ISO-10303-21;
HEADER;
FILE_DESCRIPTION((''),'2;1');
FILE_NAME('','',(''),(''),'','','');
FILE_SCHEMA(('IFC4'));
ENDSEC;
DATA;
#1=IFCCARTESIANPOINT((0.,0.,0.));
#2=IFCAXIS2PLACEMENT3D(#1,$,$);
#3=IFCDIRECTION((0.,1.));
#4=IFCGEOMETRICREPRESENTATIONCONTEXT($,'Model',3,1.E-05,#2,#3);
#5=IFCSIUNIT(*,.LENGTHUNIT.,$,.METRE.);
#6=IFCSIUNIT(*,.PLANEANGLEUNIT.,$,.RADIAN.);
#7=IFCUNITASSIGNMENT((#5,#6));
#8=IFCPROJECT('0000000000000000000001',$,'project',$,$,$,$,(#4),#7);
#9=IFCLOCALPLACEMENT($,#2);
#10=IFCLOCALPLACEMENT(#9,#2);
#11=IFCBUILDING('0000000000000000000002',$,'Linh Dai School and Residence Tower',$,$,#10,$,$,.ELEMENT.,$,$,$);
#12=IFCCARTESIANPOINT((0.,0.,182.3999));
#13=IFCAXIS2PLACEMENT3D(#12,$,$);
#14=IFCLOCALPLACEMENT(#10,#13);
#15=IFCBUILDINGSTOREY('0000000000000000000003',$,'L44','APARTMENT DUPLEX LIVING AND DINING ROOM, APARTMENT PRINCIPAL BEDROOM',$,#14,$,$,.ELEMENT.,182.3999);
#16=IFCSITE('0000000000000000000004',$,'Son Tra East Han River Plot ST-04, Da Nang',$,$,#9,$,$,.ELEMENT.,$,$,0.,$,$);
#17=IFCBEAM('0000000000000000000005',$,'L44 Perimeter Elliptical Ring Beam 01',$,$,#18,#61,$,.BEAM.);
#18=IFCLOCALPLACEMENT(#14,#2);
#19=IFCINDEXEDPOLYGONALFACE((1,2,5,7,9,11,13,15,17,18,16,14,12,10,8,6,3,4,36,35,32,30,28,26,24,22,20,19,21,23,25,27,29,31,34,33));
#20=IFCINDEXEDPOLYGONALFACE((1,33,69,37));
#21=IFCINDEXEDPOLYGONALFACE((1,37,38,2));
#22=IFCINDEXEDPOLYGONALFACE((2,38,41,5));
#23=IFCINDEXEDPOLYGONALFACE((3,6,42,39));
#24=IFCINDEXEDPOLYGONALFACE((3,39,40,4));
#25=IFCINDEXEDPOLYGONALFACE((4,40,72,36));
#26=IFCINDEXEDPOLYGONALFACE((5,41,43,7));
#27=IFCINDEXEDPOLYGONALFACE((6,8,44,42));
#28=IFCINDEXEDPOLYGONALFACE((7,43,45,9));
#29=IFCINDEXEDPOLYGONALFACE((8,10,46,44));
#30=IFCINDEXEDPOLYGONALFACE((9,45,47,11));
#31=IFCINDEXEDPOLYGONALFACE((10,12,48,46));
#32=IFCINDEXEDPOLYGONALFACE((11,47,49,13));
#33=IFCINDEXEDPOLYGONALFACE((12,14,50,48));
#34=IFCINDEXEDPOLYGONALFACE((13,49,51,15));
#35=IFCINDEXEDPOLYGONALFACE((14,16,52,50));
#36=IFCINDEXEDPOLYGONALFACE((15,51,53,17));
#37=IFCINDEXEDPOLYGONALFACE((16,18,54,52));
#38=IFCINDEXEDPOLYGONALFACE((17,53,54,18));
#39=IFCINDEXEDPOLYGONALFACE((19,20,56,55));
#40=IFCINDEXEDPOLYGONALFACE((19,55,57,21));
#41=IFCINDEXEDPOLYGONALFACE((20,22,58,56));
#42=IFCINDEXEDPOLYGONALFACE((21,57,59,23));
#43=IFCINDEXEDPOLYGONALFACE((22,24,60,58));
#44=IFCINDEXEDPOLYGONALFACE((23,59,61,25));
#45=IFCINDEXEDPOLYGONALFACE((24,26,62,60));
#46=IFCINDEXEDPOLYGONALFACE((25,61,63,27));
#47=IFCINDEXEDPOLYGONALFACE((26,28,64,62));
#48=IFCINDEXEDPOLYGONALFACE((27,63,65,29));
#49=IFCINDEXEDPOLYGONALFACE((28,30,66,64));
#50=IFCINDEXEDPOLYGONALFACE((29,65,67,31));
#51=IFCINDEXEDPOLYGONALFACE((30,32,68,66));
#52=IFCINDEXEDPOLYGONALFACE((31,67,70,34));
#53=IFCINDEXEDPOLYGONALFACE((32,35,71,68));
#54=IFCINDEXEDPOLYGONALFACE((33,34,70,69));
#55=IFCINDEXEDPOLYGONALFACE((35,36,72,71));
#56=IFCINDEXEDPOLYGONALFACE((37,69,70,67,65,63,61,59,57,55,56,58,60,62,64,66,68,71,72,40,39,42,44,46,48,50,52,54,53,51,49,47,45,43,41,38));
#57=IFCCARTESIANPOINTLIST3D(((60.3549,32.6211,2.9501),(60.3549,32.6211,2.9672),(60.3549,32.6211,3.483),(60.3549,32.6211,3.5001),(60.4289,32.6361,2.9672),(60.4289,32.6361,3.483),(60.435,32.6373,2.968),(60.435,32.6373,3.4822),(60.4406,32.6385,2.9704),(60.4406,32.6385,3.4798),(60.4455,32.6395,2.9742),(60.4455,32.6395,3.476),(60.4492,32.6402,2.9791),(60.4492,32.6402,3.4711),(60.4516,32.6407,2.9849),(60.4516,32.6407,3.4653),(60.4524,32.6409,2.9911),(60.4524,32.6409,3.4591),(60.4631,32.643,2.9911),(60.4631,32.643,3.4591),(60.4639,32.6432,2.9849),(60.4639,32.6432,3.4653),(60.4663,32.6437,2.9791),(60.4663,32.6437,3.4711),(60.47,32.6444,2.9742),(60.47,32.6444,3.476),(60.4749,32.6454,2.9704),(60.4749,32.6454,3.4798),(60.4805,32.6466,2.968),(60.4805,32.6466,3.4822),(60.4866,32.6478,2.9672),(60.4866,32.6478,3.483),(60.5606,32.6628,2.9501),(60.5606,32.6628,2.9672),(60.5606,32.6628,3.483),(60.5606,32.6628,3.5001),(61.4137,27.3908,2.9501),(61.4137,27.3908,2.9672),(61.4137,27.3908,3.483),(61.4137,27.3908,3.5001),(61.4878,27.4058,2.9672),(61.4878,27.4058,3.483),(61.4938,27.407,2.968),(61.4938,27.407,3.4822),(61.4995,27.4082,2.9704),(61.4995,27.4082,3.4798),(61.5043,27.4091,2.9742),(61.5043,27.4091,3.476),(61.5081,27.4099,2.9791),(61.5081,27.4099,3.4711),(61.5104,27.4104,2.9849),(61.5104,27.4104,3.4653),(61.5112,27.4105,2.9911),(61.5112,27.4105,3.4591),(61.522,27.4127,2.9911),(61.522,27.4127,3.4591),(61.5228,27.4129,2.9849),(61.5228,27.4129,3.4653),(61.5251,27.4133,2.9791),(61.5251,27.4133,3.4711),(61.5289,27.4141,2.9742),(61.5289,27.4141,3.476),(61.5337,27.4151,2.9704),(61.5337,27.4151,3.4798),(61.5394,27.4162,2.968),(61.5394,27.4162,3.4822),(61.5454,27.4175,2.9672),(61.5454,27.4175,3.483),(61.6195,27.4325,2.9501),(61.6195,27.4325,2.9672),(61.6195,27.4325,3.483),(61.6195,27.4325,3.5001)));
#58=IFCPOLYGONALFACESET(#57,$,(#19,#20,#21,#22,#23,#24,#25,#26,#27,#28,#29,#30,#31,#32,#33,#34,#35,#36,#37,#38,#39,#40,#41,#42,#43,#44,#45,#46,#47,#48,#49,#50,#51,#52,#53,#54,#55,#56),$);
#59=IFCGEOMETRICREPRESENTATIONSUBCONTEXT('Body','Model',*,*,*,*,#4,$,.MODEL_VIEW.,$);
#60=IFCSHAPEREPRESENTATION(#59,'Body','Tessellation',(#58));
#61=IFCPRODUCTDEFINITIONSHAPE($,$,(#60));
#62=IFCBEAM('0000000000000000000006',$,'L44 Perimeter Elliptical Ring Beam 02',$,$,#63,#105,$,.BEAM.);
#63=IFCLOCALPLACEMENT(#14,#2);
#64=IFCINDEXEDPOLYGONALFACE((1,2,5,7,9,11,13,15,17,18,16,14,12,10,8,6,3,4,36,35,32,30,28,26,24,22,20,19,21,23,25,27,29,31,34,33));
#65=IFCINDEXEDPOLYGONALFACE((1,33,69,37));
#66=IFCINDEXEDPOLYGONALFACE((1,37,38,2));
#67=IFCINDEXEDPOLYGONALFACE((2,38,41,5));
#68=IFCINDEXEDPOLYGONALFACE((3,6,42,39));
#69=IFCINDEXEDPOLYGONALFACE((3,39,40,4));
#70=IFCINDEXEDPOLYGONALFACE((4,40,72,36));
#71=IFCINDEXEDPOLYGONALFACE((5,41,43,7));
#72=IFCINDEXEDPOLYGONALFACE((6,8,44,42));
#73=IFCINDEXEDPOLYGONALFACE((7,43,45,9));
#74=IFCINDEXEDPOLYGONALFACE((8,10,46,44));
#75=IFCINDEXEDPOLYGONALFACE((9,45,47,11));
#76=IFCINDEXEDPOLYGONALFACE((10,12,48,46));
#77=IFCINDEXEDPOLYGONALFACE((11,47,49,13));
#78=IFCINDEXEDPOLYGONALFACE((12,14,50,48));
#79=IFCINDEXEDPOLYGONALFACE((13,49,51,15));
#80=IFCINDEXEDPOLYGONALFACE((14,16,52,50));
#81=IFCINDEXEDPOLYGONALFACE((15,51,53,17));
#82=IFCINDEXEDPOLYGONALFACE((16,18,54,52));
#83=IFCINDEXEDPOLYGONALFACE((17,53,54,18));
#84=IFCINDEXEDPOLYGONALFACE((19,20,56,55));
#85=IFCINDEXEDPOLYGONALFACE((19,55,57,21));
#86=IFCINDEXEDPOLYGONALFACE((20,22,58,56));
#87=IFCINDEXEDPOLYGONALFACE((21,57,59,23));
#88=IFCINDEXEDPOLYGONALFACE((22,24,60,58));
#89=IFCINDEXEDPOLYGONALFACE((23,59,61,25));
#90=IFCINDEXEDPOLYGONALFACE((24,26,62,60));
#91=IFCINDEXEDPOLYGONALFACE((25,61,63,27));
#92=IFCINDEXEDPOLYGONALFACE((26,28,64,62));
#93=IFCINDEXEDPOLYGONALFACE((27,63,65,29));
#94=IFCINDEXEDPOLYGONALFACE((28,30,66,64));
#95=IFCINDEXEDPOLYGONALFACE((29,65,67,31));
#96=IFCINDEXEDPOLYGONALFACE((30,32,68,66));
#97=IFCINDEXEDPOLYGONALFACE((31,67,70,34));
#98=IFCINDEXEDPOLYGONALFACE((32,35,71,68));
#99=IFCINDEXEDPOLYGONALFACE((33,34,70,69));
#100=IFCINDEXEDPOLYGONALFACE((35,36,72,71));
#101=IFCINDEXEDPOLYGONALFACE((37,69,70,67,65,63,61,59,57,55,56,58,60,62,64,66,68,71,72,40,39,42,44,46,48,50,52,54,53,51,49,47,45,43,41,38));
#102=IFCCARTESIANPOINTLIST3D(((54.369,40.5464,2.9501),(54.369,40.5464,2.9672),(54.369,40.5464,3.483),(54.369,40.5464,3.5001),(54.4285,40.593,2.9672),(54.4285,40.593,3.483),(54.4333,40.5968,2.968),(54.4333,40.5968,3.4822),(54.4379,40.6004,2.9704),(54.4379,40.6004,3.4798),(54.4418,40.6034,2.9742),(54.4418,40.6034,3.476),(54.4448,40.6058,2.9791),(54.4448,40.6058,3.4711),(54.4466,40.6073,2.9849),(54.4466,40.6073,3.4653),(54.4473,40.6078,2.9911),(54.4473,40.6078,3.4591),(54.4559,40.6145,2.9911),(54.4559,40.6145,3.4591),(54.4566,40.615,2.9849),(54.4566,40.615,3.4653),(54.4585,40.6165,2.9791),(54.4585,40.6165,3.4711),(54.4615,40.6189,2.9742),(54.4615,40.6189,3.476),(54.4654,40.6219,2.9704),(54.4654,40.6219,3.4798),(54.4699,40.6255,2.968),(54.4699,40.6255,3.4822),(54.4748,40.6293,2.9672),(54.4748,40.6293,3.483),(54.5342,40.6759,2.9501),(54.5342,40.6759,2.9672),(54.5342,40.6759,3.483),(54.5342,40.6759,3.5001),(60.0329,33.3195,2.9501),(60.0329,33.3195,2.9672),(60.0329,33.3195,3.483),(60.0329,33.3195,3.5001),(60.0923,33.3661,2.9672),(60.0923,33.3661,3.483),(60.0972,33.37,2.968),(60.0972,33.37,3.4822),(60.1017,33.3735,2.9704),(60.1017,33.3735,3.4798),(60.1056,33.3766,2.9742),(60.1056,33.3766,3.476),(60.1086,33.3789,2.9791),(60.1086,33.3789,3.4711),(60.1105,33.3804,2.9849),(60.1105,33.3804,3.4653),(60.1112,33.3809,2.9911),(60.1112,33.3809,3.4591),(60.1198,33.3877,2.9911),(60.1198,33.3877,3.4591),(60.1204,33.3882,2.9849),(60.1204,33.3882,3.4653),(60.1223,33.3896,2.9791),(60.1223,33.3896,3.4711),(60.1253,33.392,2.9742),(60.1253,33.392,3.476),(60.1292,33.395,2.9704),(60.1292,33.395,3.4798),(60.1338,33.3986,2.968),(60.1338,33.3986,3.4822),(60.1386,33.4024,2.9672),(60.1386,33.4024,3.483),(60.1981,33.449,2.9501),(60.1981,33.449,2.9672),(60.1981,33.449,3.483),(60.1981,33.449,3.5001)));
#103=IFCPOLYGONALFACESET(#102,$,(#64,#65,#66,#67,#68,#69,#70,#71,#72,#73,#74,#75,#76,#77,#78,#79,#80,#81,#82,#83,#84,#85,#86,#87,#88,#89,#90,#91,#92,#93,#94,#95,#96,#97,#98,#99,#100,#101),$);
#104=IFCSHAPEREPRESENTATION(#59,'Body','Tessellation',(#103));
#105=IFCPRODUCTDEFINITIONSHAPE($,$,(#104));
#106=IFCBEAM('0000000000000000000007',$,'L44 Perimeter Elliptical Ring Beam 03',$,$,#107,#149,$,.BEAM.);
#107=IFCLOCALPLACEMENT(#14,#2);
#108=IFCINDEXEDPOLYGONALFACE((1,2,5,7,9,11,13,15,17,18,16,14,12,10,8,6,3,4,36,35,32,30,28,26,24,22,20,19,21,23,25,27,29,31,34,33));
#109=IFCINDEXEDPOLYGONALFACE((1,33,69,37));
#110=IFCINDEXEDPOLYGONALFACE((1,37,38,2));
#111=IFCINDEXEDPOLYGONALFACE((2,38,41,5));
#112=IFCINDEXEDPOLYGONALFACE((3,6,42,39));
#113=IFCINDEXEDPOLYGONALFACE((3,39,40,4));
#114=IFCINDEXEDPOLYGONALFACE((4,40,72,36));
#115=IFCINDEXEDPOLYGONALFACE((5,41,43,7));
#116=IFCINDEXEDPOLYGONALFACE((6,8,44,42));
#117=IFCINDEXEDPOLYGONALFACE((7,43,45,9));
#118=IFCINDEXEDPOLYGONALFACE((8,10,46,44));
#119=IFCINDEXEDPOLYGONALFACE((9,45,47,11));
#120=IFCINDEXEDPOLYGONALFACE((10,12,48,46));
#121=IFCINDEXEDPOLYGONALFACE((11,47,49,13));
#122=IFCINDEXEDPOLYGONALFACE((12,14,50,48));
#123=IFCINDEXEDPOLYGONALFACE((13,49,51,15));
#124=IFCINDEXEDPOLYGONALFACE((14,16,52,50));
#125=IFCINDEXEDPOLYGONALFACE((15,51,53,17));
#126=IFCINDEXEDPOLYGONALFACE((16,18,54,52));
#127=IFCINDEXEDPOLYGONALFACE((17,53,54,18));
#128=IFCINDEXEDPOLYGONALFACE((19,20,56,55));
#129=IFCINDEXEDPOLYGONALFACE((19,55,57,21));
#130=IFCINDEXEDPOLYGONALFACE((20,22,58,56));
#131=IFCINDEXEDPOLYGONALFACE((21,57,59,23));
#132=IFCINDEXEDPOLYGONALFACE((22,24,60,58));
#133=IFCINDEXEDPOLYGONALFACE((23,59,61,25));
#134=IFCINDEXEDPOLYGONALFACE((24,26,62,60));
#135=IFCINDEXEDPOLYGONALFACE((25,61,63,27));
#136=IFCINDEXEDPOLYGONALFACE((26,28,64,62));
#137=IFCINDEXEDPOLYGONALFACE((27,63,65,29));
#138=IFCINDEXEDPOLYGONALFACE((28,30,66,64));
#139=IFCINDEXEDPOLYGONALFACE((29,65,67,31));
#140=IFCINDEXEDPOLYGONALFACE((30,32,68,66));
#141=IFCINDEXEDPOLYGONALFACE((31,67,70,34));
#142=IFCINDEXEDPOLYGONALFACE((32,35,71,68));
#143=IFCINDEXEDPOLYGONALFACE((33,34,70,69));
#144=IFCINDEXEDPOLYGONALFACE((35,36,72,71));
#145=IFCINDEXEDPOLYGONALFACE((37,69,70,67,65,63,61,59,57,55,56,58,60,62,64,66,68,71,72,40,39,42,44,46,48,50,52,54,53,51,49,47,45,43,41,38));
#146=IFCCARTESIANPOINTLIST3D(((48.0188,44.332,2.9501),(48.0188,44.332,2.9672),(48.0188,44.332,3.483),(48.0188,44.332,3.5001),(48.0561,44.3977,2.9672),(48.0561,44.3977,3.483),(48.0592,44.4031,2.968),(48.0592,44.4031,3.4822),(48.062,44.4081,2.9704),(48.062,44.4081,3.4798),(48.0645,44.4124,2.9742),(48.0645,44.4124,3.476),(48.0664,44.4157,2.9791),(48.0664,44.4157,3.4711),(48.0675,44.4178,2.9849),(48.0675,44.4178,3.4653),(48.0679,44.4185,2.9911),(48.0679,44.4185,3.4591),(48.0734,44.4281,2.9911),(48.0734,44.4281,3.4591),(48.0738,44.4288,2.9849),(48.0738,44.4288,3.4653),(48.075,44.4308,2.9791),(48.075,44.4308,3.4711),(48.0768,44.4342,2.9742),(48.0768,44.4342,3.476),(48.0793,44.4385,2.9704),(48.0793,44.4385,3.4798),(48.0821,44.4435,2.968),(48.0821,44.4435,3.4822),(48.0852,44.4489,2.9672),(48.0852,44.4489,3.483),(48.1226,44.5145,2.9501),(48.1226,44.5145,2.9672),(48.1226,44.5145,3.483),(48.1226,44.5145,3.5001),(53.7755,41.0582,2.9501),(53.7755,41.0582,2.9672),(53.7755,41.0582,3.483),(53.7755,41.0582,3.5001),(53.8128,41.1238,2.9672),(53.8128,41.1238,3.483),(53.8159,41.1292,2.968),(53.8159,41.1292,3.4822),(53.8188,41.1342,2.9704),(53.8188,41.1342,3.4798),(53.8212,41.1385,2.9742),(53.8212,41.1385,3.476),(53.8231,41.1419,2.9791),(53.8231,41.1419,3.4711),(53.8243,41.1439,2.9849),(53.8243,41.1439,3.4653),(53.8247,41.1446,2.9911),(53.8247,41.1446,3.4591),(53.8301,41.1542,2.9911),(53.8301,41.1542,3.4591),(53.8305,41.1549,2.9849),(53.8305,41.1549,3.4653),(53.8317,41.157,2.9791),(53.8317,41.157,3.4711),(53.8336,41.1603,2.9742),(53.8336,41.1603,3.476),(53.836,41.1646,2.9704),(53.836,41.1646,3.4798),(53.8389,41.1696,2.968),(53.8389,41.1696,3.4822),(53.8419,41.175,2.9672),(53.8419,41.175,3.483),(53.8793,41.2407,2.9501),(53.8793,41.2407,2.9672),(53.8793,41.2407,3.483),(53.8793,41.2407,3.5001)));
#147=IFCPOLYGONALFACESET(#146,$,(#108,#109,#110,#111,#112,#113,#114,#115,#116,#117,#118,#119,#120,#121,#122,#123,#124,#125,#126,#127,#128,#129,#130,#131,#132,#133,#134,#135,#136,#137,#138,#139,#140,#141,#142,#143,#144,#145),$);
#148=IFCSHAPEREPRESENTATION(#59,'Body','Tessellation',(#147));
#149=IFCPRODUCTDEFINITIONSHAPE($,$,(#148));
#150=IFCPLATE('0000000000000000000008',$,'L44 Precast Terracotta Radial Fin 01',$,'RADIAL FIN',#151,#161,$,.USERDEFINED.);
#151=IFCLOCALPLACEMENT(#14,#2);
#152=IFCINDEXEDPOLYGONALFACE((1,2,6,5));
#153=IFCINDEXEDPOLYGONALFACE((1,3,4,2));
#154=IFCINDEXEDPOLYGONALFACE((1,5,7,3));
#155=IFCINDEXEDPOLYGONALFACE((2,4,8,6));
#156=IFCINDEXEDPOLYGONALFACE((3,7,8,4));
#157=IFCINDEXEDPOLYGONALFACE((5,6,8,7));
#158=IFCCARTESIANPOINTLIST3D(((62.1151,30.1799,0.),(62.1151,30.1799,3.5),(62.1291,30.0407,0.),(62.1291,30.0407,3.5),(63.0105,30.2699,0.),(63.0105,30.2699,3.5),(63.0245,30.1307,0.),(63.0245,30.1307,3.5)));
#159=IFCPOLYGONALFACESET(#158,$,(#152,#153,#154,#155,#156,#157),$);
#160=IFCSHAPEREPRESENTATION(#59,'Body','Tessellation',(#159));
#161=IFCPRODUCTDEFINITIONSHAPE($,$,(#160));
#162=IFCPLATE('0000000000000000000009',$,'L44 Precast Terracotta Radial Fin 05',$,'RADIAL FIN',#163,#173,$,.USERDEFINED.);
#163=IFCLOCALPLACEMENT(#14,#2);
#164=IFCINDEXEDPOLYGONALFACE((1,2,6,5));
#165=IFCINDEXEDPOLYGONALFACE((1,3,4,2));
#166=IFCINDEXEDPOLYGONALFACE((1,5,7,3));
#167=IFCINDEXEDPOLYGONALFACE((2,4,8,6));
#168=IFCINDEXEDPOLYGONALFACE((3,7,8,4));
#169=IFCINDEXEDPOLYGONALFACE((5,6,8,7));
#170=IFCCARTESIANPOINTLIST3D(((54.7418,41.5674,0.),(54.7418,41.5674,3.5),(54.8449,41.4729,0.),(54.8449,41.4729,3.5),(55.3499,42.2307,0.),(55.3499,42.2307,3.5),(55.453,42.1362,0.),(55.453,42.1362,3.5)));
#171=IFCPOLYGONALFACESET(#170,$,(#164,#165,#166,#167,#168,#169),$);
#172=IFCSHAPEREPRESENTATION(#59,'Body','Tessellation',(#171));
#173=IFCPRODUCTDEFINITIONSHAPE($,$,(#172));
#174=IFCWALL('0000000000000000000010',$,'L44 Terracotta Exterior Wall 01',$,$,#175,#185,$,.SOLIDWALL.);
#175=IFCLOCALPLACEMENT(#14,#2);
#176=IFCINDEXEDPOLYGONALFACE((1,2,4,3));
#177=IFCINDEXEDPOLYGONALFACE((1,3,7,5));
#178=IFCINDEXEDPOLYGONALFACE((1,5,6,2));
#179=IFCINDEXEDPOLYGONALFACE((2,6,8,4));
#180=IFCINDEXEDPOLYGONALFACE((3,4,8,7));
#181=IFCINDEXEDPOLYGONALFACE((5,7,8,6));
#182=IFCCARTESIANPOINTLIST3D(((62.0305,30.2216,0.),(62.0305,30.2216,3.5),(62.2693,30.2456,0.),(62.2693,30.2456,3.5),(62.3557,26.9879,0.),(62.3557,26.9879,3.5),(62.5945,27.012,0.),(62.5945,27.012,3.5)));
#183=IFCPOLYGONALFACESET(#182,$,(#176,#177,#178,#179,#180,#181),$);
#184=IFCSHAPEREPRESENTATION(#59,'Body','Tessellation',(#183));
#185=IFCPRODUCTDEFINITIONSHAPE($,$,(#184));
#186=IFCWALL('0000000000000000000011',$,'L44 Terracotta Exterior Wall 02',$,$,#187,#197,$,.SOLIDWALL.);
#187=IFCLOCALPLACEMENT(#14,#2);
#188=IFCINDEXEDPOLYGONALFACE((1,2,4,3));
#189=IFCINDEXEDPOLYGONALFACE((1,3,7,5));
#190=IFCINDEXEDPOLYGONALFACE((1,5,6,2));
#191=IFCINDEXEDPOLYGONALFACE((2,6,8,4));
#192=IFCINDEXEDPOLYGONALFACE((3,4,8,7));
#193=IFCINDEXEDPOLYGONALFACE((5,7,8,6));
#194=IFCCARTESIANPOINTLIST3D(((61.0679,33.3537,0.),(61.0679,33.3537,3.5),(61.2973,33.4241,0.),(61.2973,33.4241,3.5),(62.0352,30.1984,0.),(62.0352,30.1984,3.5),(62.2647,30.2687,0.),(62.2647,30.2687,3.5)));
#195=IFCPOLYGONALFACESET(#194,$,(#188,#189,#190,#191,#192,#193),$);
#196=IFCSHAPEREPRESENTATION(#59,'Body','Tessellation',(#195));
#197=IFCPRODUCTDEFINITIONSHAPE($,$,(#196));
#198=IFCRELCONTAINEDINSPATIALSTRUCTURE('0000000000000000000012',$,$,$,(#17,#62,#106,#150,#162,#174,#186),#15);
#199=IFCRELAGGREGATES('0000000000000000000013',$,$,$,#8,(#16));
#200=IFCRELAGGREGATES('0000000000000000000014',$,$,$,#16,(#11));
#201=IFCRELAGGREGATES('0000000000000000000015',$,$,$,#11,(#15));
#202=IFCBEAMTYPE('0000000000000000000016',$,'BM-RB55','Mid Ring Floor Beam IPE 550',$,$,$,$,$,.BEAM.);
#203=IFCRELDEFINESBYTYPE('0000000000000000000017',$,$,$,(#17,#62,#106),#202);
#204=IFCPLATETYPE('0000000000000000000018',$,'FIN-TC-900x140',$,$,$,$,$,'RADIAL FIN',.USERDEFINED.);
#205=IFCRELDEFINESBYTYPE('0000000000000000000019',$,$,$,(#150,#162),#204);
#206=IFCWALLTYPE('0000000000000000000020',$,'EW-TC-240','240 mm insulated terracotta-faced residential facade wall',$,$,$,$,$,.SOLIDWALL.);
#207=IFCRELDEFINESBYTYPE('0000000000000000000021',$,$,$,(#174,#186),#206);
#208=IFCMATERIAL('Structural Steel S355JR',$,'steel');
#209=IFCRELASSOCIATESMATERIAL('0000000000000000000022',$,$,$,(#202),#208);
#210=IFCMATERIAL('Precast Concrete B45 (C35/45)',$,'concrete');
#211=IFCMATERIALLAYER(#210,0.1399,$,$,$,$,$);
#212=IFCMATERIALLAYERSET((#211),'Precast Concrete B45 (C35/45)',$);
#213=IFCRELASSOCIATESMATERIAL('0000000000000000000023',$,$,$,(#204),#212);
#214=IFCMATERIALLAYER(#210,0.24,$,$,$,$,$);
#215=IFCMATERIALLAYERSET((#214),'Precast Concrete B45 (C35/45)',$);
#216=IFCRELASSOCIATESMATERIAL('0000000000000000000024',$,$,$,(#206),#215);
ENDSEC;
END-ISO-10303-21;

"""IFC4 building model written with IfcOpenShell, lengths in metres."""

from ifc_helpers import new_model, si_unit, direction, frame, frame_2d, origin, origin_2d, place, context, subcontext, project, spatial, rectangle, i_section, extrude, source, transform, mapped, material, layer, layer_set, material_profile, profile_set, type_object, element, save


model = new_model("IFC4")

# Units and contexts
model_context = context("Model", 3, precision=1e-05, world=origin(), true_north=direction((0.0, 1.0)))
body_context = subcontext(model_context, "Body", "Model", "MODEL_VIEW")
ifc_project = project(units=[si_unit("LENGTHUNIT", "METRE"), si_unit("PLANEANGLEUNIT", "RADIAN")], contexts=[model_context])

# Site, building, storey
site_placement = place(None, origin())
site = spatial("IfcSite", under=ifc_project, at=site_placement, Name="Son Tra East Han River Plot ST-04, Da Nang", CompositionType="ELEMENT", RefElevation=0.0)
building_placement = place(site_placement, origin())
building = spatial("IfcBuilding", under=site, at=building_placement, Name="Linh Dai School and Residence Tower", CompositionType="ELEMENT")
storey_placement = place(building_placement, frame((0.0, 0.0, 182.3999)))
storey = spatial("IfcBuildingStorey", under=building, at=storey_placement, Name="L44", Description="APARTMENT DUPLEX LIVING AND DINING ROOM, APARTMENT PRINCIPAL BEDROOM", CompositionType="ELEMENT", Elevation=182.3999)

# Shared definitions
ifc_material_1 = material(Name="Structural Steel S355JR", Category="steel")

# Beams
ifc_material_profile_1 = material_profile(ifc_material_1, i_section(OverallWidth=0.21, OverallDepth=0.55, WebThickness=0.011, FlangeThickness=0.0171, FilletRadius=0.0239, at=origin_2d()), Name="IPE 550")
ifc_profile_set_1 = profile_set([ifc_material_profile_1], Name="Structural Steel S355JR")
beam_type = type_object("IfcBeamType", Name="BM-RB55", Description="Mid Ring Floor Beam IPE 550", PredefinedType="BEAM", material=ifc_profile_set_1)
beam_1_placement = place(storey_placement, frame((61.5166, 27.4116, 3.2251), z_axis=(-0.198421, 0.980117, 0.0), x_axis=(-0.980117, -0.198421, 0.0)))
element("IfcBeam", 1, at=beam_1_placement, inside=storey, type_object=beam_type, Name="L44 Perimeter Elliptical Ring Beam 01", PredefinedType="BEAM", context=body_context, shape_type="SweptSolid", body=[
    extrude(i_section(OverallWidth=0.21, OverallDepth=0.55, WebThickness=0.011, FlangeThickness=0.0171, FilletRadius=0.0239, at=origin_2d()), origin(), (0.0, 0.0, 1.0), 5.3364),
])
beam_2_placement = place(storey_placement, frame((60.1155, 33.3843, 3.2251), z_axis=(-0.616852, 0.787079, 0.0), x_axis=(-0.787079, -0.616852, 0.0)))
element("IfcBeam", 2, at=beam_2_placement, inside=storey, type_object=beam_type, Name="L44 Perimeter Elliptical Ring Beam 02", PredefinedType="BEAM", context=body_context, shape_type="SweptSolid", body=[
    extrude(i_section(OverallWidth=0.21, OverallDepth=0.55, WebThickness=0.011, FlangeThickness=0.0171, FilletRadius=0.0239, at=origin_2d()), origin(), (0.0, 0.0, 1.0), 9.1819),
])
beam_3_placement = place(storey_placement, frame((53.8274, 41.1494, 3.2251), z_axis=(-0.869262, 0.494351, 0.0), x_axis=(-0.494351, -0.869262, 0.0)))
element("IfcBeam", 3, at=beam_3_placement, inside=storey, type_object=beam_type, Name="L44 Perimeter Elliptical Ring Beam 03", PredefinedType="BEAM", context=body_context, shape_type="SweptSolid", body=[
    extrude(i_section(OverallWidth=0.21, OverallDepth=0.55, WebThickness=0.011, FlangeThickness=0.0171, FilletRadius=0.0239, at=origin_2d()), origin(), (0.0, 0.0, 1.0), 6.6226),
])

# Plates
ifc_material_2 = material(Name="Precast Concrete B45 (C35/45)", Category="concrete")
ifc_layer_1 = layer(ifc_material_2, 0.1399)
ifc_layer_set_1 = layer_set([ifc_layer_1], Name="Precast Concrete B45 (C35/45)")
plate_type = type_object("IfcPlateType", Name="FIN-TC-900x140", ElementType="RADIAL FIN", PredefinedType="USERDEFINED", material=ifc_layer_set_1)
shared_shape_1 = source(origin(), body_context, "Body", "SweptSolid", [
    extrude(rectangle(XDim=0.8999, YDim=0.1399, at=origin_2d()), origin(), (0.0, 0.0, 1.0), 3.5),
])
for number, where, z_axis, x_axis, name in (
    (4, (62.5698, 30.1553, 0.0), (0.0, 0.0, 1.0), (0.994987, 0.100002, 0.0), "L44 Precast Terracotta Radial Fin 01"),
    (5, (55.0974, 41.8518, 0.0), (0.0, 0.0, 1.0), (0.6758, 0.737085, 0.0), "L44 Precast Terracotta Radial Fin 05"),
):
    element("IfcPlate", number, at=place(storey_placement, frame(where, z_axis=z_axis, x_axis=x_axis)), inside=storey, type_object=plate_type, Name=name, ObjectType="RADIAL FIN", PredefinedType="USERDEFINED", context=body_context, shape_type="MappedRepresentation", body=[
        mapped(shared_shape_1, transform((0.0, 0.0, 0.0), x_axis=(1.0, 0.0, 0.0), y_axis=(0.0, 1.0, 0.0), z_axis=(0.0, 0.0, 1.0), scale=1.0)),
    ])

# Walls
ifc_layer_2 = layer(ifc_material_2, 0.24)
ifc_layer_set_2 = layer_set([ifc_layer_2], Name="Precast Concrete B45 (C35/45)")
wall_type_1 = type_object("IfcWallType", Name="EW-TC-240", Description="240 mm insulated terracotta-faced residential facade wall", PredefinedType="SOLIDWALL", material=ifc_layer_set_2)
wall_1_placement = place(storey_placement, frame((62.1499, 30.2336, 0.0), z_axis=(0.0, 0.0, 1.0), x_axis=(0.100062, -0.994981, 0.0)))
element("IfcWall", 6, at=wall_1_placement, inside=storey, type_object=wall_type_1, Name="L44 Terracotta Exterior Wall 01", PredefinedType="SOLIDWALL", context=body_context, shape_type="SweptSolid", body=[
    extrude(rectangle(XDim=3.25, YDim=0.24, at=frame_2d((1.625, 0.0))), origin(), (0.0, 0.0, 1.0), 3.5),
])
wall_2_placement = place(storey_placement, frame((61.1826, 33.3889, 0.0), z_axis=(0.0, 0.0, 1.0), x_axis=(0.293098, -0.956082, 0.0)))
element("IfcWall", 7, at=wall_2_placement, inside=storey, type_object=wall_type_1, Name="L44 Terracotta Exterior Wall 02", PredefinedType="SOLIDWALL", context=body_context, shape_type="SweptSolid", body=[
    extrude(rectangle(XDim=3.3003, YDim=0.24, at=frame_2d((1.6501, 0.0))), origin(), (0.0, 0.0, 1.0), 3.5),
])

save(model, "model.ifc")
